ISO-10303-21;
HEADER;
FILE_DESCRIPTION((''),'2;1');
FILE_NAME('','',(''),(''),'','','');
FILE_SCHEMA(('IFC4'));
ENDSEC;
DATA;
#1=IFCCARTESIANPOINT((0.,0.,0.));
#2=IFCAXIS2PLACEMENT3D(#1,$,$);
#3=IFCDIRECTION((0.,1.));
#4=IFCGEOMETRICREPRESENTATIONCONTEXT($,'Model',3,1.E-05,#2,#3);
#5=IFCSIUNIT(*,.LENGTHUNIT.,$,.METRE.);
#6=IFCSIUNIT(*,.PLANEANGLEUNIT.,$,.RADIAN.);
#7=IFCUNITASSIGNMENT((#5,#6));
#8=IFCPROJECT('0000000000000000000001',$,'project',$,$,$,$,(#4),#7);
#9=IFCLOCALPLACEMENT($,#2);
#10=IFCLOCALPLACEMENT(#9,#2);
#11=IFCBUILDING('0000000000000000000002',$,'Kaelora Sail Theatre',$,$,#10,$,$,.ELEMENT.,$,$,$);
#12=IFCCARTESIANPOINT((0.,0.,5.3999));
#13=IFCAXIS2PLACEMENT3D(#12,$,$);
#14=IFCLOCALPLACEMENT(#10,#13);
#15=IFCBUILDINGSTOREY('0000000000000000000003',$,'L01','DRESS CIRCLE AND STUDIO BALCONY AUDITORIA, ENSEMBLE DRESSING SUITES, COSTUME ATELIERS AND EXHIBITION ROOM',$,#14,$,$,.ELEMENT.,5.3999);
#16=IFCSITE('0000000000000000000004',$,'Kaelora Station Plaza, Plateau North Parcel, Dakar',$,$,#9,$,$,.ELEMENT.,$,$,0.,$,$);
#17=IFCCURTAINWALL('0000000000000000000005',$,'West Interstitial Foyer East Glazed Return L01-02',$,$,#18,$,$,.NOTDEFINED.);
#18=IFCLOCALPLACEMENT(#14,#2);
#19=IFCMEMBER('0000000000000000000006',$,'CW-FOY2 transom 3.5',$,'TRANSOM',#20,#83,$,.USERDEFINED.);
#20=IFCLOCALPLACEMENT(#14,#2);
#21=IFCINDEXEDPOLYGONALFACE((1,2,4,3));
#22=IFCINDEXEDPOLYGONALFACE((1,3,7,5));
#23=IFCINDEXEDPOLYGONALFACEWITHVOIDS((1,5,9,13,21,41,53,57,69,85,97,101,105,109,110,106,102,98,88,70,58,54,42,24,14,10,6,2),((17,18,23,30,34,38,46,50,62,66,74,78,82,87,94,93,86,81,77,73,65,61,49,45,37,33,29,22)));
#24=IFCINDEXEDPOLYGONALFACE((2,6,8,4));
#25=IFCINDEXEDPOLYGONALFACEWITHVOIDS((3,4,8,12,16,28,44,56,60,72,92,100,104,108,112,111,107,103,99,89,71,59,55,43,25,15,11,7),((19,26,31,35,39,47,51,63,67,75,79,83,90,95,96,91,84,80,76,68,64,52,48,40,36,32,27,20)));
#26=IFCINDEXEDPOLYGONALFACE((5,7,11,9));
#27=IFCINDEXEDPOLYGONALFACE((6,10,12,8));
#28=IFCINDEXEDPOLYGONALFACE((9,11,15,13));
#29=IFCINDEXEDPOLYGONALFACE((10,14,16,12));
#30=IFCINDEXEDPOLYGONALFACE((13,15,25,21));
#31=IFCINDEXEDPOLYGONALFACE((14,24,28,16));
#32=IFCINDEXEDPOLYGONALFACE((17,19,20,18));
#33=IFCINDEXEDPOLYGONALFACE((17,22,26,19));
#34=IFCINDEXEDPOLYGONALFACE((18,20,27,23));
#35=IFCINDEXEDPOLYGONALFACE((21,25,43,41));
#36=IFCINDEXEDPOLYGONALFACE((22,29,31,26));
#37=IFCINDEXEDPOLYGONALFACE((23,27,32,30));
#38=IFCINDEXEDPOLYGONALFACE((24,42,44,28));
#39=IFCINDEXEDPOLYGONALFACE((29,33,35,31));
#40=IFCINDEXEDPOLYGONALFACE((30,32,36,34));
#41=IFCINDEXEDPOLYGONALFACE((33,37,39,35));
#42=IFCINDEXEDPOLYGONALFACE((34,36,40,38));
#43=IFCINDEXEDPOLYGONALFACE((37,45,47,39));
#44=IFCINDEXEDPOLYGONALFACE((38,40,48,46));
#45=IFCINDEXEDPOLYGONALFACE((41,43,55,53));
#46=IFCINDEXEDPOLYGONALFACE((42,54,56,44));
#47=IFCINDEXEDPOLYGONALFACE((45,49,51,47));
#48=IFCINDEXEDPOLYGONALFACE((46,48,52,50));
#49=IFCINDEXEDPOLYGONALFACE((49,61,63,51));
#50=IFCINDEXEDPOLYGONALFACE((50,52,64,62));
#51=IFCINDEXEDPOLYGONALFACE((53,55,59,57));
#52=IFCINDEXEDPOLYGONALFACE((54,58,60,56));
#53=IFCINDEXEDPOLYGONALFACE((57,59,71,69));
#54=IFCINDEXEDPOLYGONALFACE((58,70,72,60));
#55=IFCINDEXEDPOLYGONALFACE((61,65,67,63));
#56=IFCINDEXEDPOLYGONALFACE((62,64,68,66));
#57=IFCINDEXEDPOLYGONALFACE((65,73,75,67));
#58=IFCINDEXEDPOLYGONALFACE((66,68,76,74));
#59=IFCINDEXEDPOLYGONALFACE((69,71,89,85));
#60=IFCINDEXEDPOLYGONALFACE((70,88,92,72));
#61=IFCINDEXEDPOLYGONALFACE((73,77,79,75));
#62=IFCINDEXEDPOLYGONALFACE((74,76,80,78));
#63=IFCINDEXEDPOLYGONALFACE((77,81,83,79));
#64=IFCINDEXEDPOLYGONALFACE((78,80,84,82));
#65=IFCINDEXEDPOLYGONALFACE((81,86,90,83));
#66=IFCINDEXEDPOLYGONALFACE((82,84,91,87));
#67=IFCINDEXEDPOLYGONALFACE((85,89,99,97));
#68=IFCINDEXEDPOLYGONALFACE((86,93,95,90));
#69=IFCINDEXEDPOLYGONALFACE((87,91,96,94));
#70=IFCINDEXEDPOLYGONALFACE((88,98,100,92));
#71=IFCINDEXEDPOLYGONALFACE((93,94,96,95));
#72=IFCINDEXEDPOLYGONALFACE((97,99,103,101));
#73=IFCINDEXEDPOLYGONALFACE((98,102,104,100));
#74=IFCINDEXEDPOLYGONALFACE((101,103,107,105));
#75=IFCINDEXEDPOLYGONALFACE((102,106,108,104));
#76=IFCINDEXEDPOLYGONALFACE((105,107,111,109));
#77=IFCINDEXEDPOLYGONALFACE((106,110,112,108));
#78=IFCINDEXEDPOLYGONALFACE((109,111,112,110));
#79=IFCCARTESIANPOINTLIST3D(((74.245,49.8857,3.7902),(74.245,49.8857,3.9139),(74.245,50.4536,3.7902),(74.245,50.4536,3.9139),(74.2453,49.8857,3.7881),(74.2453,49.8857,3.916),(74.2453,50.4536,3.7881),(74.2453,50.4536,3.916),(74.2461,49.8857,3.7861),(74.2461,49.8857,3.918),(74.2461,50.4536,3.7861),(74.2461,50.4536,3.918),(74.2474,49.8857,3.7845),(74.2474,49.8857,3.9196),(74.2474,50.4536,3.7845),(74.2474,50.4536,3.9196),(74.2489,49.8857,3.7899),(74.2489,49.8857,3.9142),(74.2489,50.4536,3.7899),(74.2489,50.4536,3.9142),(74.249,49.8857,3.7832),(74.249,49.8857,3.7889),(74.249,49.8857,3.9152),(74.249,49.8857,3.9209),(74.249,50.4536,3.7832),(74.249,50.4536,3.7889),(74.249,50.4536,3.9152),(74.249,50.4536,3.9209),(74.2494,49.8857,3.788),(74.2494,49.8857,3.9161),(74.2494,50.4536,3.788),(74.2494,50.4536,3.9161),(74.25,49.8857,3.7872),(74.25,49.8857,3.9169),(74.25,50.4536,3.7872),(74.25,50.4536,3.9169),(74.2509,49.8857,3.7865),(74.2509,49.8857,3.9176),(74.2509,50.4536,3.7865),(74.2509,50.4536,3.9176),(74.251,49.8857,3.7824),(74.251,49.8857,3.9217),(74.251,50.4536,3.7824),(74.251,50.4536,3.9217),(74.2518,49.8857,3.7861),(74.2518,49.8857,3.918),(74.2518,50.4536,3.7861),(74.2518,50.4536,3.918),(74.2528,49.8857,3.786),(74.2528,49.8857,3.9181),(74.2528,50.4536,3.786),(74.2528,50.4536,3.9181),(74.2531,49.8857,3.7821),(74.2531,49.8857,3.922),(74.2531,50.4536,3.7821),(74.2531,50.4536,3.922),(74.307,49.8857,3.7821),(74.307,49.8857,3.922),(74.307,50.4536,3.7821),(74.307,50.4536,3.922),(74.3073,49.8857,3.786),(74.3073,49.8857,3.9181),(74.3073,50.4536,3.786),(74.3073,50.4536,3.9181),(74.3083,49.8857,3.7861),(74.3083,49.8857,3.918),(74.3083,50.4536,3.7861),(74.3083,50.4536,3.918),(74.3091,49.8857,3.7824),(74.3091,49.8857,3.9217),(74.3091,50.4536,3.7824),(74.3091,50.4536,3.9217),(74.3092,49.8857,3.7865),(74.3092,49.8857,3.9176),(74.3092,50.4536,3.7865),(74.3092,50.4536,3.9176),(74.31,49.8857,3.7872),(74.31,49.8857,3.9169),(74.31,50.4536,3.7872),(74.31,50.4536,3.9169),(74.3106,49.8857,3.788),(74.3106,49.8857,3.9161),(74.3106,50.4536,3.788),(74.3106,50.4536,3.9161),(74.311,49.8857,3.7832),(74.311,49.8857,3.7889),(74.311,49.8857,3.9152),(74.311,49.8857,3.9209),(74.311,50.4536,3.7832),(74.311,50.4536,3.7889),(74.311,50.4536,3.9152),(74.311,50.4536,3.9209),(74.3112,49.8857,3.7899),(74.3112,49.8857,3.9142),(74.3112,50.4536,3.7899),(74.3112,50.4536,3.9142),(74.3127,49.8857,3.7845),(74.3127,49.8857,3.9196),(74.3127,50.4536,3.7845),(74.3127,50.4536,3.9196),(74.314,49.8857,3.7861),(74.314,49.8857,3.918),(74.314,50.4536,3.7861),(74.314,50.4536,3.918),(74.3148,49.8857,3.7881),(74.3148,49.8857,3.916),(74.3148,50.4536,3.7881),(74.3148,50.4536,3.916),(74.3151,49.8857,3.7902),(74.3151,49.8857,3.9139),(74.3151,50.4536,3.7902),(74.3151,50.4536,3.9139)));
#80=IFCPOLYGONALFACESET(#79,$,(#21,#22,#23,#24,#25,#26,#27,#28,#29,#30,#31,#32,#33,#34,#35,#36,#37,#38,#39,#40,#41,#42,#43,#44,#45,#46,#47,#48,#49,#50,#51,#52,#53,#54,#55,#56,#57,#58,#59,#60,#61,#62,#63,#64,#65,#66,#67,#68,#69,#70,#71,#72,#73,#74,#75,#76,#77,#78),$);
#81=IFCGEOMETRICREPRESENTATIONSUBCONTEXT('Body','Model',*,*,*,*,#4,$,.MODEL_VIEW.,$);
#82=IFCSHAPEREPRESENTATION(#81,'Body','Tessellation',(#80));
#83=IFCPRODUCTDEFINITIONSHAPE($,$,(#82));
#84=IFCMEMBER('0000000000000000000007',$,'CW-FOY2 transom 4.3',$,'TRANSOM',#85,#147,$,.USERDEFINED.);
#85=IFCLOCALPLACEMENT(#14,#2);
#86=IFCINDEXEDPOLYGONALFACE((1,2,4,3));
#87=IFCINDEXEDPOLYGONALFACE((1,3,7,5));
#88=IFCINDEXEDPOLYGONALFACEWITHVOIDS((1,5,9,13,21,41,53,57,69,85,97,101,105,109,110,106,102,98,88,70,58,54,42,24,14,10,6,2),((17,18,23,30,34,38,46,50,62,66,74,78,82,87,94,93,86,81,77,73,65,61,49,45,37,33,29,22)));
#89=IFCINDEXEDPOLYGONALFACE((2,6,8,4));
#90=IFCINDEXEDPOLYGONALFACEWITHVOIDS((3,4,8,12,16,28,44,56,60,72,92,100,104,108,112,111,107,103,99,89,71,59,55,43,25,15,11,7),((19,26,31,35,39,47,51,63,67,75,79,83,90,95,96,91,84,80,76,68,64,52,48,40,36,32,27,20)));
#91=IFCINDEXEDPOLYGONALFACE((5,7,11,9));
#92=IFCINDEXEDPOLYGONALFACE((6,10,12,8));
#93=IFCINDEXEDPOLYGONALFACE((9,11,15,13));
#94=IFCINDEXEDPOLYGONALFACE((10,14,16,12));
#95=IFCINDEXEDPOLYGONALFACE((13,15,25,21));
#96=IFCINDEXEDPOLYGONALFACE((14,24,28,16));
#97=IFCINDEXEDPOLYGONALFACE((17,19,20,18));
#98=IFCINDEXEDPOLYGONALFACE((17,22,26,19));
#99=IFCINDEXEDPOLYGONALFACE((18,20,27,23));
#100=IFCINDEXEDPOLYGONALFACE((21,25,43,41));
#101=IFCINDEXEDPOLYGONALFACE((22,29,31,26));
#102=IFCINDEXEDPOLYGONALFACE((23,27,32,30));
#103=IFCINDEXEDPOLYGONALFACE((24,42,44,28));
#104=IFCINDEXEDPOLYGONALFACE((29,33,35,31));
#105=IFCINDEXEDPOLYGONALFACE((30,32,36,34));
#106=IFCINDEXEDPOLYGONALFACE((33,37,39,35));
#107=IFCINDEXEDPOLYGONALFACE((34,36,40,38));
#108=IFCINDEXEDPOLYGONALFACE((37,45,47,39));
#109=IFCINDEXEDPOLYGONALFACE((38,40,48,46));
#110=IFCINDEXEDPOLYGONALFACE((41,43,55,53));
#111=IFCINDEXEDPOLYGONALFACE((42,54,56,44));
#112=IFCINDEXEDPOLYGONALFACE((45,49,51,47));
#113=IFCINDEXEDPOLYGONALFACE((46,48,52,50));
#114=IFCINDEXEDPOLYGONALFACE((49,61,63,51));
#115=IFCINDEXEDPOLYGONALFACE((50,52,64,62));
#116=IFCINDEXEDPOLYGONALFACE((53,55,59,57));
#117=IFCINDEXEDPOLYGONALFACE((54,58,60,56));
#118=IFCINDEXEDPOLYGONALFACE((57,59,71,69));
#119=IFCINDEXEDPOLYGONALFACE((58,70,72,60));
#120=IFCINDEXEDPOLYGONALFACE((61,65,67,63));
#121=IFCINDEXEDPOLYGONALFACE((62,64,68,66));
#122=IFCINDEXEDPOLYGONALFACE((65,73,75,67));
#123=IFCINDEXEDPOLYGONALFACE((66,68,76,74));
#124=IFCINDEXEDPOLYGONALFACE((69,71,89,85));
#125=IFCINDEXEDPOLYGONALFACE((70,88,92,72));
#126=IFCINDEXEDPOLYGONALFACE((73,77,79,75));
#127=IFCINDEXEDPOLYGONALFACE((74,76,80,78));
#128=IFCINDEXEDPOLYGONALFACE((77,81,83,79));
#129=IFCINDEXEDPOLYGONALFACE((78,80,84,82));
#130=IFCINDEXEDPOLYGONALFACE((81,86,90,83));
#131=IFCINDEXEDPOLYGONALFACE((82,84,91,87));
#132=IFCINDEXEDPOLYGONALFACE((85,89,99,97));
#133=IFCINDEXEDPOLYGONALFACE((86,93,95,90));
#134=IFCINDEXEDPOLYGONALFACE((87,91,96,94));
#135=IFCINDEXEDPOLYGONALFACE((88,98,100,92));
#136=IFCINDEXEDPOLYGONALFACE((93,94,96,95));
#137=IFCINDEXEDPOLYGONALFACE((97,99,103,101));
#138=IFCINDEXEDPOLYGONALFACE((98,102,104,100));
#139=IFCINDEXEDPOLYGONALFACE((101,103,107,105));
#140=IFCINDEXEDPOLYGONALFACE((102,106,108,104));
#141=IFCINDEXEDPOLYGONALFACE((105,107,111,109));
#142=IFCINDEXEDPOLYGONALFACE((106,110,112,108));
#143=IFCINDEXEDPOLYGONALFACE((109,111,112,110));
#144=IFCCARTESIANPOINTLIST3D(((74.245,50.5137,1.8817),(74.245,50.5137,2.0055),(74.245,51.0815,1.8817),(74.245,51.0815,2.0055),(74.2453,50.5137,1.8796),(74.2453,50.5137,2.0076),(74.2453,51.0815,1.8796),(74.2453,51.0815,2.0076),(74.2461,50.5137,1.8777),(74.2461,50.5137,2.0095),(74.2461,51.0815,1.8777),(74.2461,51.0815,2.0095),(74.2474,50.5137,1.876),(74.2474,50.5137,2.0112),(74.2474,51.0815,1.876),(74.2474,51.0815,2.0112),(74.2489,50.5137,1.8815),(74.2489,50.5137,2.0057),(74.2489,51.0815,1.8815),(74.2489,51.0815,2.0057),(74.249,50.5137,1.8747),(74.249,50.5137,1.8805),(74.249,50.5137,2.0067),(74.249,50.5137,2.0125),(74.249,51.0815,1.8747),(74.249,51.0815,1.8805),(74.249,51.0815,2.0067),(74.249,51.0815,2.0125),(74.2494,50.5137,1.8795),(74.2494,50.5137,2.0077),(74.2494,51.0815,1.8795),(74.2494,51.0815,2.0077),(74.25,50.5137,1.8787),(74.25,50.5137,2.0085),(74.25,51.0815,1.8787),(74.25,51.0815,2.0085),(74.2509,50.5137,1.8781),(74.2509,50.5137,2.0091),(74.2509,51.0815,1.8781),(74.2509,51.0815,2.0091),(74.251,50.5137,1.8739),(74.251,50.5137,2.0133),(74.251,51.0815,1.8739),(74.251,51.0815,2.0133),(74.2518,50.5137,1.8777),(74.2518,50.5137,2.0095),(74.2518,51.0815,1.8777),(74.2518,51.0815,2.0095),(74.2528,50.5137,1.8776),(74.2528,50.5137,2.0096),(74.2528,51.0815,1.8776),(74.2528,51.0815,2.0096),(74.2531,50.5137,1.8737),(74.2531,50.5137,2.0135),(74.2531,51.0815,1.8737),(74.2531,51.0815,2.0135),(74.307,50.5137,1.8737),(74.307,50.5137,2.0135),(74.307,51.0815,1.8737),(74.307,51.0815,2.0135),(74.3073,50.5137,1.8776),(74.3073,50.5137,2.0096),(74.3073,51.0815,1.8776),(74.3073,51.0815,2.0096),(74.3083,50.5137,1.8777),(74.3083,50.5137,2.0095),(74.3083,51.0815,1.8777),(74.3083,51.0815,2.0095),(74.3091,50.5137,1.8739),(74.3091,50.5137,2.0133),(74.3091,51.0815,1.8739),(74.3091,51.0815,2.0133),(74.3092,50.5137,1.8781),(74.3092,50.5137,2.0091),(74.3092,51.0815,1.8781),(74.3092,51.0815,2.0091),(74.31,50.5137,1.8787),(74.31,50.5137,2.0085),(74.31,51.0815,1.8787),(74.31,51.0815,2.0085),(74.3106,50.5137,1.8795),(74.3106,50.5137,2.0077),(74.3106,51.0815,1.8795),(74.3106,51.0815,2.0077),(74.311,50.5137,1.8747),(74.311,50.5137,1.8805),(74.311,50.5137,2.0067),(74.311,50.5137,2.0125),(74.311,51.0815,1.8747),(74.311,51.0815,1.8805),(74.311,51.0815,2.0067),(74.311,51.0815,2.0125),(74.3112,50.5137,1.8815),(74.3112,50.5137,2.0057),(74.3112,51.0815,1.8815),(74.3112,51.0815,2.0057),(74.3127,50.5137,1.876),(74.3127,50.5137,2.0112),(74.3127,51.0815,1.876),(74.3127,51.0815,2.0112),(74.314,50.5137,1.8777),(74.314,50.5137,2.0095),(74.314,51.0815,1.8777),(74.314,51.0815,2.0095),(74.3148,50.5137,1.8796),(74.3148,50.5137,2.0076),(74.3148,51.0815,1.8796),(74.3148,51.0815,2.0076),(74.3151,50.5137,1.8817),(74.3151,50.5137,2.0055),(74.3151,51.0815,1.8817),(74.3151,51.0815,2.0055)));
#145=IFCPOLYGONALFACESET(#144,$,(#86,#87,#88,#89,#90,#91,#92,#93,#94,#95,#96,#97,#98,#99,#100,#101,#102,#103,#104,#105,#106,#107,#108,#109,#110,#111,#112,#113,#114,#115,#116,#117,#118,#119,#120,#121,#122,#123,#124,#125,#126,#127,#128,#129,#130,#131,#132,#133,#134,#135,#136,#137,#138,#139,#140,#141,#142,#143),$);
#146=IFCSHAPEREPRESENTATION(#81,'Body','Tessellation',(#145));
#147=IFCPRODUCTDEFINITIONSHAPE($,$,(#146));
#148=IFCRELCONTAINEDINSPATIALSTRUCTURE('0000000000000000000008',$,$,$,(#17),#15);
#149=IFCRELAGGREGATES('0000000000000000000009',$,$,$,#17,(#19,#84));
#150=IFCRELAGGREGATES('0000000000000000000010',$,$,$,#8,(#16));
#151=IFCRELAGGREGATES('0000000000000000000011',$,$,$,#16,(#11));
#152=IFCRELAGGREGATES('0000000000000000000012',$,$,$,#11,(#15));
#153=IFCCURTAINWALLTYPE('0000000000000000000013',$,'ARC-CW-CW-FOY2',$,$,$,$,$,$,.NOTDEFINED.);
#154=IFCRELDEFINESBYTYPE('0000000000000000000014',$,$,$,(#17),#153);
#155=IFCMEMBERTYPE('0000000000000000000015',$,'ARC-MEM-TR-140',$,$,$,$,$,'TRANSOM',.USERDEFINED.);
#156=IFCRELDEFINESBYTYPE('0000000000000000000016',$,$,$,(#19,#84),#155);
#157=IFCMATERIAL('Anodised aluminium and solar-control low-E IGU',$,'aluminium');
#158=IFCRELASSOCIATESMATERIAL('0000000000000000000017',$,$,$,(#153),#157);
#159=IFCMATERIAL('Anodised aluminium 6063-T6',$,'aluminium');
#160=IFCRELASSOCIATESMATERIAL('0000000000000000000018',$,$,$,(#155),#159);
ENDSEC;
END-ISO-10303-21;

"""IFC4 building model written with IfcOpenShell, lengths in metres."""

from ifc_helpers import new_model, si_unit, direction, frame, origin, origin_2d, place, context, subcontext, project, spatial, hollow_rectangle, extrude, material, material_profile, profile_set, type_object, element, aggregate, save


model = new_model("IFC4")

# Units and contexts
model_context = context("Model", 3, precision=1e-05, world=origin(), true_north=direction((0.0, 1.0)))
body_context = subcontext(model_context, "Body", "Model", "MODEL_VIEW")
ifc_project = project(units=[si_unit("LENGTHUNIT", "METRE"), si_unit("PLANEANGLEUNIT", "RADIAN")], contexts=[model_context])

# Site, building, storey
site_placement = place(None, origin())
site = spatial("IfcSite", under=ifc_project, at=site_placement, Name="Kaelora Station Plaza, Plateau North Parcel, Dakar", CompositionType="ELEMENT", RefElevation=0.0)
building_placement = place(site_placement, origin())
building = spatial("IfcBuilding", under=site, at=building_placement, Name="Kaelora Sail Theatre", CompositionType="ELEMENT")
storey_placement = place(building_placement, frame((0.0, 0.0, 5.3999)))
storey = spatial("IfcBuildingStorey", under=building, at=storey_placement, Name="L01", Description="DRESS CIRCLE AND STUDIO BALCONY AUDITORIA, ENSEMBLE DRESSING SUITES, COSTUME ATELIERS AND EXHIBITION ROOM", CompositionType="ELEMENT", Elevation=5.3999)

# Curtain wall, members
ifc_material_1 = material(Name="Anodised aluminium and solar-control low-E IGU", Category="aluminium")
curtain_wall_type = type_object("IfcCurtainWallType", Name="ARC-CW-CW-FOY2", PredefinedType="NOTDEFINED", material=ifc_material_1)
curtain_wall_1_placement = place(storey_placement, origin())
curtain_wall_1 = element("IfcCurtainWall", 1, at=curtain_wall_1_placement, inside=storey, type_object=curtain_wall_type, Name="West Interstitial Foyer East Glazed Return L01-02", PredefinedType="NOTDEFINED")
ifc_material_2 = material(Name="Anodised aluminium 6063-T6", Category="aluminium")
ifc_material_profile = material_profile(ifc_material_2, hollow_rectangle(XDim=0.0701, YDim=0.1399, WallThickness=0.0039, InnerFilletRadius=0.0039, OuterFilletRadius=0.0081, at=origin_2d()), Name="ALU-TRAN 70x140x4")
ifc_profile_set = profile_set([ifc_material_profile], Name="Anodised aluminium 6063-T6")
member_type = type_object("IfcMemberType", Name="ARC-MEM-TR-140", ElementType="TRANSOM", PredefinedType="USERDEFINED", material=ifc_profile_set)
member_1_placement = place(storey_placement, frame((74.28, 49.8857, 3.8521), z_axis=(0.0, 1.0, 0.0), x_axis=(-1.0, 0.0, 0.0)))
member_1 = element("IfcMember", 2, at=member_1_placement, type_object=member_type, Name="CW-FOY2 transom 3.5", ObjectType="TRANSOM", PredefinedType="USERDEFINED", context=body_context, shape_type="SweptSolid", body=[
    extrude(hollow_rectangle(XDim=0.0701, YDim=0.1399, WallThickness=0.0039, InnerFilletRadius=0.0039, OuterFilletRadius=0.0081, at=origin_2d()), origin(), (0.0, 0.0, 1.0), 0.5679),
])
member_2_placement = place(storey_placement, frame((74.28, 50.5137, 1.9436), z_axis=(0.0, 1.0, 0.0), x_axis=(-1.0, 0.0, 0.0)))
member_2 = element("IfcMember", 3, at=member_2_placement, type_object=member_type, Name="CW-FOY2 transom 4.3", ObjectType="TRANSOM", PredefinedType="USERDEFINED", context=body_context, shape_type="SweptSolid", body=[
    extrude(hollow_rectangle(XDim=0.0701, YDim=0.1399, WallThickness=0.0039, InnerFilletRadius=0.0039, OuterFilletRadius=0.0081, at=origin_2d()), origin(), (0.0, 0.0, 1.0), 0.5679),
])

aggregate(curtain_wall_1, [member_1, member_2])

save(model, "model.ifc")
